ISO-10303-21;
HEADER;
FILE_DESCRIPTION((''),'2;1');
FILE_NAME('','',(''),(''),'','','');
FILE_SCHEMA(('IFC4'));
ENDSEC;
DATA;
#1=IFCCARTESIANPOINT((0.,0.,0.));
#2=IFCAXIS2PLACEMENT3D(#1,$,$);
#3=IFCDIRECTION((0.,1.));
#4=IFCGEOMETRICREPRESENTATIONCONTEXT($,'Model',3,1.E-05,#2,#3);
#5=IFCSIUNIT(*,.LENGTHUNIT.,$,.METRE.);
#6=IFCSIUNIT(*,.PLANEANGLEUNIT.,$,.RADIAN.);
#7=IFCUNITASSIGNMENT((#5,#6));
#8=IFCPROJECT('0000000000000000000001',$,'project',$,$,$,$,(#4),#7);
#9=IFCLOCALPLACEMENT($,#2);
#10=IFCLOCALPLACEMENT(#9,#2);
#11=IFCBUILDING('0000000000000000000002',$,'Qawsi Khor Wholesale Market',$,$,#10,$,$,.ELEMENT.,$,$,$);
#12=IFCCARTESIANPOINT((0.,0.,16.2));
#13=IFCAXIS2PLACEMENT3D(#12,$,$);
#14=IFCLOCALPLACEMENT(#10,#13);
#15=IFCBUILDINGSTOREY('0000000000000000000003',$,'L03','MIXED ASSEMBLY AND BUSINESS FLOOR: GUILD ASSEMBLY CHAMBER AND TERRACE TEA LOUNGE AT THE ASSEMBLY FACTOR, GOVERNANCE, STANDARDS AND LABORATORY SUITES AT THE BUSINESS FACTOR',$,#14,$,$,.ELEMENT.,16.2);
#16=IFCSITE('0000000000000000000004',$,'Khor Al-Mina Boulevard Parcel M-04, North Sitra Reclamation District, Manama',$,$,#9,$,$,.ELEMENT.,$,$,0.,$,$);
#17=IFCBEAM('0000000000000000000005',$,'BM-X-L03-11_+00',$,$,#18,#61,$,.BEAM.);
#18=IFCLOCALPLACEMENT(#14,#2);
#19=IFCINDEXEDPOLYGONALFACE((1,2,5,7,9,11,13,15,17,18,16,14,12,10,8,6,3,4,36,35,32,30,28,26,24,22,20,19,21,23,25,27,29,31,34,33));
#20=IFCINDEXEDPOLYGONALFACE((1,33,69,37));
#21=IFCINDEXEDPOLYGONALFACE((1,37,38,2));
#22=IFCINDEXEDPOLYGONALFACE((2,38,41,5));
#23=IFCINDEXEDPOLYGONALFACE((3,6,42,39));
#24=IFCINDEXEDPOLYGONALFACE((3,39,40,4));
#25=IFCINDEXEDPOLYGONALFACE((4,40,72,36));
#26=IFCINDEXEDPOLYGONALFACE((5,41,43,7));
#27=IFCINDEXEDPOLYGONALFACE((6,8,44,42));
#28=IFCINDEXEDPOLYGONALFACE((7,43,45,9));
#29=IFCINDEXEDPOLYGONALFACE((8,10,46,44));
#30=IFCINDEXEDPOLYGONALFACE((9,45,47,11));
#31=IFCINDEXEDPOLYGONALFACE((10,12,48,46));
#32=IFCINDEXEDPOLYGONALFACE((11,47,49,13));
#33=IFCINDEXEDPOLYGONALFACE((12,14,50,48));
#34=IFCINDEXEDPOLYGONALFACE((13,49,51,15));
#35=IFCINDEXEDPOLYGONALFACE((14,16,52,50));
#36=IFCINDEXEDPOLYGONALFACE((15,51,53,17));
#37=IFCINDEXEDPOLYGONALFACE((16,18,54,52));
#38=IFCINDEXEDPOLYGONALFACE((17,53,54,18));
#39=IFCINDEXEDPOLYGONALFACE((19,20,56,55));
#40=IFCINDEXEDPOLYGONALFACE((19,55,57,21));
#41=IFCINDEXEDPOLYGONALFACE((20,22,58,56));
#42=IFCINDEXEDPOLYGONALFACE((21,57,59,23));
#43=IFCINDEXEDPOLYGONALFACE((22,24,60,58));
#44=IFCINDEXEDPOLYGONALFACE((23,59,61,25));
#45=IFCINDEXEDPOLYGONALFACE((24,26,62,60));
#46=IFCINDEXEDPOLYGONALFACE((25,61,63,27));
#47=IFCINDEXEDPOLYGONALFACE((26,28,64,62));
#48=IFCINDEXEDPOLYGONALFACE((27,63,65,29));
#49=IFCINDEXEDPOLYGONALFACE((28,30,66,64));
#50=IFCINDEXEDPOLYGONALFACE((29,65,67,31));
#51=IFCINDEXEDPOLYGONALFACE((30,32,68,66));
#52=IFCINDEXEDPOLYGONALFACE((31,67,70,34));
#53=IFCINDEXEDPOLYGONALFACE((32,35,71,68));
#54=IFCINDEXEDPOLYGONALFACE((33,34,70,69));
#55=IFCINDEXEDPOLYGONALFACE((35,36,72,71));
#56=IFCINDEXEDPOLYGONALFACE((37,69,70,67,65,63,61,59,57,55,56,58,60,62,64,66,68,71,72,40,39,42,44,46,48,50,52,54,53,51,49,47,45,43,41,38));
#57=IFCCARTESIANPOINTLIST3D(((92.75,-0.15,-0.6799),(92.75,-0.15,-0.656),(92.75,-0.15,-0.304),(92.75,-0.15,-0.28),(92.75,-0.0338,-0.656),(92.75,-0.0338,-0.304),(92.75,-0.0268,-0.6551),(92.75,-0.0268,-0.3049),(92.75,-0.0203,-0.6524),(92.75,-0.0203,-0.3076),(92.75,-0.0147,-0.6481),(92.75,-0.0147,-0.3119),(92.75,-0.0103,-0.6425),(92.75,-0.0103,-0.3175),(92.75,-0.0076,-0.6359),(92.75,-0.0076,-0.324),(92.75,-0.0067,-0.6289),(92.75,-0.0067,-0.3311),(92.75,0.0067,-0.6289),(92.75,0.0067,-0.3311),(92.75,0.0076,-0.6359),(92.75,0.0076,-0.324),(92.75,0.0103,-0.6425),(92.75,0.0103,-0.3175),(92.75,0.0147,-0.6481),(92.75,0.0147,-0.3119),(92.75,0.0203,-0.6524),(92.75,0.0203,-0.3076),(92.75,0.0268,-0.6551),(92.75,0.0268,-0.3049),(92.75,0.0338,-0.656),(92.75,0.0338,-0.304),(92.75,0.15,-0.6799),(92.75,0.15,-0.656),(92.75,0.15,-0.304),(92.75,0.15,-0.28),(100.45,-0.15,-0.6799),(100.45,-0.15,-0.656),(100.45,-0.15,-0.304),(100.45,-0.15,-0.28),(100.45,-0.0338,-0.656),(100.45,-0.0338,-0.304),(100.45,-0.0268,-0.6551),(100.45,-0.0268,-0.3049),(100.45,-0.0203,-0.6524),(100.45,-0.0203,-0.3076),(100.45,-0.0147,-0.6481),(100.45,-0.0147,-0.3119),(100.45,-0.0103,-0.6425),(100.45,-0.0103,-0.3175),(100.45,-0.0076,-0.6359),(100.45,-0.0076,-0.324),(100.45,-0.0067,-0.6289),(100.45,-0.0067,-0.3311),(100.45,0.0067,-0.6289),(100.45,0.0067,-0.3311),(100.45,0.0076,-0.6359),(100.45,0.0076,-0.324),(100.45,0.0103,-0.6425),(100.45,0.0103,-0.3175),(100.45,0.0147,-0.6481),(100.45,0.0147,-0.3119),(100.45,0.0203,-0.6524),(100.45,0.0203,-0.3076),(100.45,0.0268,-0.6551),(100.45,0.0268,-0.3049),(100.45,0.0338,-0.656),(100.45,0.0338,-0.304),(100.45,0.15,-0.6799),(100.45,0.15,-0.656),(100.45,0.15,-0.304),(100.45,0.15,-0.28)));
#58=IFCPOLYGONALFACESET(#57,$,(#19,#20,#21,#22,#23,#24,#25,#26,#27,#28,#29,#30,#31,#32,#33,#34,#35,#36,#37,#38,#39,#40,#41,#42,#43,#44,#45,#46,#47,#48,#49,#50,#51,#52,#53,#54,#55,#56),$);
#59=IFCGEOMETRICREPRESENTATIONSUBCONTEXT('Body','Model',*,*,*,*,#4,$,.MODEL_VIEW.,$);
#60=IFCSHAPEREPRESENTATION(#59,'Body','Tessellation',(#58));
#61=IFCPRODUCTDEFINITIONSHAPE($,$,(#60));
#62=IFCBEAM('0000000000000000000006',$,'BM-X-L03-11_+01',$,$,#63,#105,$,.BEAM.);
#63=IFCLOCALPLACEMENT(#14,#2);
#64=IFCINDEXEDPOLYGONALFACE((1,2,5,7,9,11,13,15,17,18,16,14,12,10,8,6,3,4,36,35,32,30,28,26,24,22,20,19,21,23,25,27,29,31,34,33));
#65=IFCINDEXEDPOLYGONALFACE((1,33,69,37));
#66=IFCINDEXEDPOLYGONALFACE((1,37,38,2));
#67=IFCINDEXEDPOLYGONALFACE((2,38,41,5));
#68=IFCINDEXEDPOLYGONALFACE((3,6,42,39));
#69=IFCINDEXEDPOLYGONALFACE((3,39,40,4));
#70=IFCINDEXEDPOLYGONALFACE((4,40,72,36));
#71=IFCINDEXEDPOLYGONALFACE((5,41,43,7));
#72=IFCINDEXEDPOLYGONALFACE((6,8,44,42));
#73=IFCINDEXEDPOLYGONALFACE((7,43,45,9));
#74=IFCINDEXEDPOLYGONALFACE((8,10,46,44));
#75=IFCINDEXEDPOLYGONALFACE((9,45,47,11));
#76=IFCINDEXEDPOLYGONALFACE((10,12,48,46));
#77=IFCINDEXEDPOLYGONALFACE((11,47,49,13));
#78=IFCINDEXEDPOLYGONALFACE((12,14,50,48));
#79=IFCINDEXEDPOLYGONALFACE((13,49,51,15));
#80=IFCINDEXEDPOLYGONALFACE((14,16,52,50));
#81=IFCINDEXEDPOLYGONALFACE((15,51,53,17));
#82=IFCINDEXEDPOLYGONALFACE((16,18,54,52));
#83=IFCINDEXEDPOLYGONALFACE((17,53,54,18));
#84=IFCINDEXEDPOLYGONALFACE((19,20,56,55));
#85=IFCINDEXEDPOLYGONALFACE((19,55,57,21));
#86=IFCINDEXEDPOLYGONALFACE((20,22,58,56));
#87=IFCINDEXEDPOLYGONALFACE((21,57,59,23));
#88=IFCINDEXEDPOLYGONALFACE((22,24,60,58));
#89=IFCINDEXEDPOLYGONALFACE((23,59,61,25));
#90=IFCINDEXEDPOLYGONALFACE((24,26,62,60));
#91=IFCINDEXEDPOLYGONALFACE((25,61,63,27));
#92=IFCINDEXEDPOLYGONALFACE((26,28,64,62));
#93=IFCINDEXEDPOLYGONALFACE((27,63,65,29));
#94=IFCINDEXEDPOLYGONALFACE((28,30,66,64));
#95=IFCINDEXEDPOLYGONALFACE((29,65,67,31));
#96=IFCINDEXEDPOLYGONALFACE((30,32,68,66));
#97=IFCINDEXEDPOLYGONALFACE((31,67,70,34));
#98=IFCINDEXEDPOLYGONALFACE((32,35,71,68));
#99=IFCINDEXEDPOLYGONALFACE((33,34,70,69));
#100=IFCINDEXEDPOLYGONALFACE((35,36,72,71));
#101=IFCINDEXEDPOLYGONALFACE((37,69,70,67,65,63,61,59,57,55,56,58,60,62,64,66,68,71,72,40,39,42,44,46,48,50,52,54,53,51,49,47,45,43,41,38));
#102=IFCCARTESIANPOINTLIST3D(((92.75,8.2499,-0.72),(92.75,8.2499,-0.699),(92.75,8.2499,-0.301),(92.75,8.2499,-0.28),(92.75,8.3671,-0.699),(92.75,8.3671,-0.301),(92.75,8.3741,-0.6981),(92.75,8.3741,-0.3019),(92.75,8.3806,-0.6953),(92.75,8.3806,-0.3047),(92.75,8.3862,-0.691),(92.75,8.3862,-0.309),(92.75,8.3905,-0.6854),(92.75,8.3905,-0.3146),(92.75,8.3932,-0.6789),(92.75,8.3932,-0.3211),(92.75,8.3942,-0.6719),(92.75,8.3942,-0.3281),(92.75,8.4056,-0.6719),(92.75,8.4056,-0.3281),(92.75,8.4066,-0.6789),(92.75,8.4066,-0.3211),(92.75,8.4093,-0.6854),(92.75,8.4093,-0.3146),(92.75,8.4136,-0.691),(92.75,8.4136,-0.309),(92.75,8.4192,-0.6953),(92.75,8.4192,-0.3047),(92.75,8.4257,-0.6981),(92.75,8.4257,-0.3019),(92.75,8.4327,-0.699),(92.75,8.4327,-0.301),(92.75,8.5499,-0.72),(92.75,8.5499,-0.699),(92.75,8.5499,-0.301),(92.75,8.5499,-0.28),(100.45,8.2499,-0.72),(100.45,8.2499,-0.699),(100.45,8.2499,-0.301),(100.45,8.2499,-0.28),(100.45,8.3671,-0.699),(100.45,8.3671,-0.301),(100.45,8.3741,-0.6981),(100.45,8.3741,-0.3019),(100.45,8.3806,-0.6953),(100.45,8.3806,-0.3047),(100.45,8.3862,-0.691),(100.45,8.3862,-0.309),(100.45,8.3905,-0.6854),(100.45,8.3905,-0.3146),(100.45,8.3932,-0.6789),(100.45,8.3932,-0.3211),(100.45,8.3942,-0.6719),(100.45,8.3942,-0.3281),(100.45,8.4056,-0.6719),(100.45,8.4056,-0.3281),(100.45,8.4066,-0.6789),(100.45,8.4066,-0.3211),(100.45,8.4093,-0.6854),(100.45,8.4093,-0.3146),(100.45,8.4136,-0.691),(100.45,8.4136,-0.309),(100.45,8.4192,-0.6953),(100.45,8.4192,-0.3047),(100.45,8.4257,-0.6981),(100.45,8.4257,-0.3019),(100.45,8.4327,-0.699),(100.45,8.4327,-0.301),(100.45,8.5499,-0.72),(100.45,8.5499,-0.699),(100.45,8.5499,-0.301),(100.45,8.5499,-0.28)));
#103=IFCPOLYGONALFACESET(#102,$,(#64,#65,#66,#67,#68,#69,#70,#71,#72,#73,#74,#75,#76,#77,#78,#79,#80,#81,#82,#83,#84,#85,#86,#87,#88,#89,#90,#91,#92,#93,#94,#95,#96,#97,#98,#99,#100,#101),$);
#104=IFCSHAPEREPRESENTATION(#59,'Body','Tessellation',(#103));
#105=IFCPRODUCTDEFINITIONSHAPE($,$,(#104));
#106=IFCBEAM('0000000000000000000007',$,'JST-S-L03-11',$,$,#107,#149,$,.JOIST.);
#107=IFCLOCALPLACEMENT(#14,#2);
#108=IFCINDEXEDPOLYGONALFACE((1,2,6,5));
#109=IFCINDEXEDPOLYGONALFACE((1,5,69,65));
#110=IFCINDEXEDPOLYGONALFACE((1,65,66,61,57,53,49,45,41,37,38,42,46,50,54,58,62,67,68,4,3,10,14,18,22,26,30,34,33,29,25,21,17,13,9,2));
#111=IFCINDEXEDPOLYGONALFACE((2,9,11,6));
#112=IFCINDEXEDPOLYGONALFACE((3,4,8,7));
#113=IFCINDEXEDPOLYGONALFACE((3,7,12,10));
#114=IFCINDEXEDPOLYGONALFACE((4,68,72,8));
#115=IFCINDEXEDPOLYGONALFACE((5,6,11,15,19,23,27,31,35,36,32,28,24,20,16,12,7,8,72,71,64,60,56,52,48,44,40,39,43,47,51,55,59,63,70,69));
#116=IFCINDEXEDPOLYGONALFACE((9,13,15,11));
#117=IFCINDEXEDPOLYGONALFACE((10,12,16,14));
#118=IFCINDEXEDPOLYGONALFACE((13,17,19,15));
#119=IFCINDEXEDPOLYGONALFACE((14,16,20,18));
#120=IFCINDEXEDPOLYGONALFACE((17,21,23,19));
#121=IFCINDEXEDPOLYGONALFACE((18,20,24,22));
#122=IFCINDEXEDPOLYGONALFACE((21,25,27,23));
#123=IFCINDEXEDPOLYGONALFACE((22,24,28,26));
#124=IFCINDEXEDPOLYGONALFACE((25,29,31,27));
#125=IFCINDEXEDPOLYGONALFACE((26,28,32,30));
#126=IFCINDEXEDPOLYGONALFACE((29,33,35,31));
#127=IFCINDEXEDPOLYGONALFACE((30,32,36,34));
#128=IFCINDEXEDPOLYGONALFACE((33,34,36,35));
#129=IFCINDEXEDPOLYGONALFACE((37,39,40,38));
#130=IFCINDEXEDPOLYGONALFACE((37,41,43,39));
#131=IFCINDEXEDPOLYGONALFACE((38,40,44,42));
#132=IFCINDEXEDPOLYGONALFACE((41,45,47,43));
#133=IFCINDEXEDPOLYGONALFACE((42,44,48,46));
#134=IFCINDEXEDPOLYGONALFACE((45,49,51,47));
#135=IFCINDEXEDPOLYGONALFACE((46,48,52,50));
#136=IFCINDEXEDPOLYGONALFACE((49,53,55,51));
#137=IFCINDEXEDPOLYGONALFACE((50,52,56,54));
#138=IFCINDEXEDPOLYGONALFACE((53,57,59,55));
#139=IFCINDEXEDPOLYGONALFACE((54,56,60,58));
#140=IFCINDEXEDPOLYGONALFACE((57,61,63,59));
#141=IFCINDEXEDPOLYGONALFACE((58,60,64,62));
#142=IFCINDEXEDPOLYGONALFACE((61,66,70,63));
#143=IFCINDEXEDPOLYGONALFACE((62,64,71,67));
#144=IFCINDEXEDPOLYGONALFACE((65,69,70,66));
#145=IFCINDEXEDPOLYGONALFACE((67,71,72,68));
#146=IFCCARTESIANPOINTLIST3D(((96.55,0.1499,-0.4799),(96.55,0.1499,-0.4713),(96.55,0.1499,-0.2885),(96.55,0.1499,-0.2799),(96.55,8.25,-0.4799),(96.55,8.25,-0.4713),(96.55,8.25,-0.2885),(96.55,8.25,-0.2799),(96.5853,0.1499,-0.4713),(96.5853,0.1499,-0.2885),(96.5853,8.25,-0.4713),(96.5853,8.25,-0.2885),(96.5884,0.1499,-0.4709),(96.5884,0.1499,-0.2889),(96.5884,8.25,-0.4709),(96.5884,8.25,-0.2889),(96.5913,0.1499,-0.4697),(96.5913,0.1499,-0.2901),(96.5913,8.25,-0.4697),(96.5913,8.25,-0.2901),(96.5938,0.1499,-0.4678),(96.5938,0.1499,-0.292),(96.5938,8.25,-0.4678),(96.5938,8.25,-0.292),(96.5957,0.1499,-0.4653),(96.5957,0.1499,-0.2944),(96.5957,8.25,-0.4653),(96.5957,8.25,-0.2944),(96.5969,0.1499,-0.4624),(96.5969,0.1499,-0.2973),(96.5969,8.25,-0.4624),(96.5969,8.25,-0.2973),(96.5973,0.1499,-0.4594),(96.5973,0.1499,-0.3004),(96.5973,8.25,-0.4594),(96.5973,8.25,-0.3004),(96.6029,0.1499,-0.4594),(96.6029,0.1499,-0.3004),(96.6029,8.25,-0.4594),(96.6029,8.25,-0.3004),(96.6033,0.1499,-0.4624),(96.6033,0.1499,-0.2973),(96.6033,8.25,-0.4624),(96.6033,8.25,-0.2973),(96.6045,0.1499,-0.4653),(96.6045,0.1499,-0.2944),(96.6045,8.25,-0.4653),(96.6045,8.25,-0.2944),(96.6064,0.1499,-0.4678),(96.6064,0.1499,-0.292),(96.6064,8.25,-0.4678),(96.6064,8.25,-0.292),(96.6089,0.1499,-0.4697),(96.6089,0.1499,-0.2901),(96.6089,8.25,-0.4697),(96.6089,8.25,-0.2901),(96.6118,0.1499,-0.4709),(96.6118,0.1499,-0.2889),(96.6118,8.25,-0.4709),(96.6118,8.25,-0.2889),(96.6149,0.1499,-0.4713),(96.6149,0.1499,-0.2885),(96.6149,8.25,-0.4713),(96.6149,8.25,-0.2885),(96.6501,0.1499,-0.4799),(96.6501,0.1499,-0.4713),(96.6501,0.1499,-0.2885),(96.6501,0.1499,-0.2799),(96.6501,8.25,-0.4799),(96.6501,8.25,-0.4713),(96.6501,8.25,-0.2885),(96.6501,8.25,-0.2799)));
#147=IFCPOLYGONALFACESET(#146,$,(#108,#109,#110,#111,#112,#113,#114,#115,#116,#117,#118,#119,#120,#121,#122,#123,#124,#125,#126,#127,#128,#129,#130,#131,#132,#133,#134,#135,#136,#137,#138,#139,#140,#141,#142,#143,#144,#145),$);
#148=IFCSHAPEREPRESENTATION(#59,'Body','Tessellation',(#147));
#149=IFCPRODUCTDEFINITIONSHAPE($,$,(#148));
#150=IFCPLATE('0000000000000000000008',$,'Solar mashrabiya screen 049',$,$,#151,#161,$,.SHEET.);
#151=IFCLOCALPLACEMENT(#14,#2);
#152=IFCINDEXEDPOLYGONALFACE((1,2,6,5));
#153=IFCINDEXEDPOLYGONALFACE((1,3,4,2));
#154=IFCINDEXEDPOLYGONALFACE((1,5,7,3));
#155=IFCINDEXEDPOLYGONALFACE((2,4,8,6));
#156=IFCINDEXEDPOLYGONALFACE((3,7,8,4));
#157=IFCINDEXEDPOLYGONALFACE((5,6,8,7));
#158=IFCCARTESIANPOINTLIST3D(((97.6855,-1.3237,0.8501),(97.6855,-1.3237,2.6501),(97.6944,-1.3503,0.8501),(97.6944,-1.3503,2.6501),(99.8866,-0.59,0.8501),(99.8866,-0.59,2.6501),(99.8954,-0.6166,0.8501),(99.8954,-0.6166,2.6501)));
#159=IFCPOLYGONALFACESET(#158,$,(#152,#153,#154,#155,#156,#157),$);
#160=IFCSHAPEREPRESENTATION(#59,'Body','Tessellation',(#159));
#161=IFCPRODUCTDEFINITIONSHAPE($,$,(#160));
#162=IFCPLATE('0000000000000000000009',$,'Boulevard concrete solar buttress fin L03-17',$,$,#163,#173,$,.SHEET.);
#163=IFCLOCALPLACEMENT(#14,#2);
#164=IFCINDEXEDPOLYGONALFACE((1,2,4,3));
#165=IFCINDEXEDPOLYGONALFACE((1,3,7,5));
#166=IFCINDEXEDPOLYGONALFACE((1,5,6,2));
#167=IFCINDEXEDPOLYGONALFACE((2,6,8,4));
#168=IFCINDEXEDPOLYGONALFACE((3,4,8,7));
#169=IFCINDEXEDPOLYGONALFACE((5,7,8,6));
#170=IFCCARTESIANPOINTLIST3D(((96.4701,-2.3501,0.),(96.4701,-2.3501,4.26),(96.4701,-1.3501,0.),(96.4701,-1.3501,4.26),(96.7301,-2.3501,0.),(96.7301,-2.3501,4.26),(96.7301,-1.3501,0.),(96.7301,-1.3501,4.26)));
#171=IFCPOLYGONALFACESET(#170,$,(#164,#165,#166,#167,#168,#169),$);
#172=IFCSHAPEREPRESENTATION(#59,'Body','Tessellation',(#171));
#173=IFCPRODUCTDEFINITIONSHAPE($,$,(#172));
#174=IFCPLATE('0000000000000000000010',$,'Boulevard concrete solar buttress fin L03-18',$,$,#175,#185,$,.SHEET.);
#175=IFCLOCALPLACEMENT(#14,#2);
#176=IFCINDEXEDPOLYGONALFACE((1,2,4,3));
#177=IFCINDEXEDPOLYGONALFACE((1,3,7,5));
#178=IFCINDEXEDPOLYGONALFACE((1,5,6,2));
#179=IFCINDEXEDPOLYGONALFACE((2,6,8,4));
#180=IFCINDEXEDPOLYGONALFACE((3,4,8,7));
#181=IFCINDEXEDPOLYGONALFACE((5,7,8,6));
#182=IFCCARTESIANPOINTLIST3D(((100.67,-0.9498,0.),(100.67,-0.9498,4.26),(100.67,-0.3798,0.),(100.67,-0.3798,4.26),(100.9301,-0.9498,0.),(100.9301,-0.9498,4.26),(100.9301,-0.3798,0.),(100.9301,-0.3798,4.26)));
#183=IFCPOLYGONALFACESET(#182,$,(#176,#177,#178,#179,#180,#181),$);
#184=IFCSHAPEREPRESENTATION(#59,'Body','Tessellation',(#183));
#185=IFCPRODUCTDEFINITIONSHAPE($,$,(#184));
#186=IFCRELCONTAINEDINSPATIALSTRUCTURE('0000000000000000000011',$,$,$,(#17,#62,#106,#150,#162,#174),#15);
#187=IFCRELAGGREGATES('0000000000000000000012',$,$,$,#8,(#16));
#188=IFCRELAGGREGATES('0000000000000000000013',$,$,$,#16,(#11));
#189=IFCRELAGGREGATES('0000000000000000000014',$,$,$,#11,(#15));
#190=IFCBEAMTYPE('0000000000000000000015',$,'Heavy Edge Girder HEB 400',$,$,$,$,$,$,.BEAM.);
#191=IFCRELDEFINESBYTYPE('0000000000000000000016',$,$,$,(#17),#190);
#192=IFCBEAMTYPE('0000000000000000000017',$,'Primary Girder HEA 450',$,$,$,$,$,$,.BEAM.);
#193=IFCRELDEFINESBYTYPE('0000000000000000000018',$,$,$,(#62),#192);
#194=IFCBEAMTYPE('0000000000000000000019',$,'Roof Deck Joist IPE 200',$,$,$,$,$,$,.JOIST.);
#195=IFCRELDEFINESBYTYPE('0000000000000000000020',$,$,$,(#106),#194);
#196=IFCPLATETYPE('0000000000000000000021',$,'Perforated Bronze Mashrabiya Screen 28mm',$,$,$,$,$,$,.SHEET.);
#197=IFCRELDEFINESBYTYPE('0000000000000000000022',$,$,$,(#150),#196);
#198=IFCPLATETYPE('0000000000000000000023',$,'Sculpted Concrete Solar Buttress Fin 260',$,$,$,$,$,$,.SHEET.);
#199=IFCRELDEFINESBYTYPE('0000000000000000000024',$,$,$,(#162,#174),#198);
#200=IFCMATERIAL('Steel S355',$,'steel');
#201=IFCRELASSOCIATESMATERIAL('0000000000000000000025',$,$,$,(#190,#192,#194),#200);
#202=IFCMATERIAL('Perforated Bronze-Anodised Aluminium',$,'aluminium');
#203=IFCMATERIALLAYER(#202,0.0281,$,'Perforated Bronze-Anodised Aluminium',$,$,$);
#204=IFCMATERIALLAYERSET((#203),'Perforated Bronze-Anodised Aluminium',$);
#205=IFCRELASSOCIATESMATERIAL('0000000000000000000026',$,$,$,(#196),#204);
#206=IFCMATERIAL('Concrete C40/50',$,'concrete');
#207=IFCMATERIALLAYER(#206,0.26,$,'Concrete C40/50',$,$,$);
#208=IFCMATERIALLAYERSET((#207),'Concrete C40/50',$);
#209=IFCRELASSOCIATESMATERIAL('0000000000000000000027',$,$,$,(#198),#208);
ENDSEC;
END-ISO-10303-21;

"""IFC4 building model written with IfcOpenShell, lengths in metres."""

from ifc_helpers import new_model, si_unit, direction, frame, frame_2d, origin, origin_2d, place, context, subcontext, project, spatial, rectangle, i_section, extrude, material, layer, layer_set, material_profile, profile_set, type_object, element, save


model = new_model("IFC4")

# Units and contexts
model_context = context("Model", 3, precision=1e-05, world=origin(), true_north=direction((0.0, 1.0)))
body_context = subcontext(model_context, "Body", "Model", "MODEL_VIEW")
ifc_project = project(units=[si_unit("LENGTHUNIT", "METRE"), si_unit("PLANEANGLEUNIT", "RADIAN")], contexts=[model_context])

# Site, building, storey
site_placement = place(None, origin())
site = spatial("IfcSite", under=ifc_project, at=site_placement, Name="Khor Al-Mina Boulevard Parcel M-04, North Sitra Reclamation District, Manama", CompositionType="ELEMENT", RefElevation=0.0)
building_placement = place(site_placement, origin())
building = spatial("IfcBuilding", under=site, at=building_placement, Name="Qawsi Khor Wholesale Market", CompositionType="ELEMENT")
storey_placement = place(building_placement, frame((0.0, 0.0, 16.2)))
storey = spatial("IfcBuildingStorey", under=building, at=storey_placement, Name="L03", Description="MIXED ASSEMBLY AND BUSINESS FLOOR: GUILD ASSEMBLY CHAMBER AND TERRACE TEA LOUNGE AT THE ASSEMBLY FACTOR, GOVERNANCE, STANDARDS AND LABORATORY SUITES AT THE BUSINESS FACTOR", CompositionType="ELEMENT", Elevation=16.2)

# Beams
ifc_material_1 = material(Name="Steel S355", Category="steel")
ifc_material_profile_1 = material_profile(ifc_material_1, i_section(OverallWidth=0.3, OverallDepth=0.3999, WebThickness=0.0134, FlangeThickness=0.0239, FilletRadius=0.0271, at=origin_2d()), Name="HEB 400")
ifc_profile_set_1 = profile_set([ifc_material_profile_1], Name="Steel S355")
beam_type_1 = type_object("IfcBeamType", Name="Heavy Edge Girder HEB 400", PredefinedType="BEAM", material=ifc_profile_set_1)
beam_1_placement = place(storey_placement, frame((92.75, 0.0, -0.48), z_axis=(1.0, 0.0, 0.0), x_axis=(0.0, 1.0, 0.0)))
element("IfcBeam", 1, at=beam_1_placement, inside=storey, type_object=beam_type_1, Name="BM-X-L03-11_+00", PredefinedType="BEAM", context=body_context, shape_type="SweptSolid", body=[
    extrude(i_section(OverallWidth=0.3, OverallDepth=0.3999, WebThickness=0.0134, FlangeThickness=0.0239, FilletRadius=0.0271, at=origin_2d()), origin(), (0.0, 0.0, 1.0), 7.7),
])
ifc_material_profile_2 = material_profile(ifc_material_1, i_section(OverallWidth=0.3, OverallDepth=0.4399, WebThickness=0.0115, FlangeThickness=0.021, FilletRadius=0.0271, at=origin_2d()), Name="HEA 450")
ifc_profile_set_2 = profile_set([ifc_material_profile_2], Name="Steel S355")
beam_type_2 = type_object("IfcBeamType", Name="Primary Girder HEA 450", PredefinedType="BEAM", material=ifc_profile_set_2)
beam_2_placement = place(storey_placement, frame((92.75, 8.3999, -0.5), z_axis=(1.0, 0.0, 0.0), x_axis=(0.0, 1.0, 0.0)))
element("IfcBeam", 2, at=beam_2_placement, inside=storey, type_object=beam_type_2, Name="BM-X-L03-11_+01", PredefinedType="BEAM", context=body_context, shape_type="SweptSolid", body=[
    extrude(i_section(OverallWidth=0.3, OverallDepth=0.4399, WebThickness=0.0115, FlangeThickness=0.021, FilletRadius=0.0271, at=origin_2d()), origin(), (0.0, 0.0, 1.0), 7.7),
])
ifc_material_profile_3 = material_profile(ifc_material_1, i_section(OverallWidth=0.1001, OverallDepth=0.2, WebThickness=0.0056, FlangeThickness=0.0085, FilletRadius=0.012, at=origin_2d()), Name="IPE 200")
ifc_profile_set_3 = profile_set([ifc_material_profile_3], Name="Steel S355")
beam_type_3 = type_object("IfcBeamType", Name="Roof Deck Joist IPE 200", PredefinedType="JOIST", material=ifc_profile_set_3)
beam_3_placement = place(storey_placement, frame((96.6001, 0.1499, -0.3799), z_axis=(0.0, 1.0, 0.0), x_axis=(-1.0, 0.0, 0.0)))
element("IfcBeam", 3, at=beam_3_placement, inside=storey, type_object=beam_type_3, Name="JST-S-L03-11", PredefinedType="JOIST", context=body_context, shape_type="SweptSolid", body=[
    extrude(i_section(OverallWidth=0.1001, OverallDepth=0.2, WebThickness=0.0056, FlangeThickness=0.0085, FilletRadius=0.012, at=origin_2d()), origin(), (0.0, 0.0, 1.0), 8.1001),
])

# Plates
ifc_material_2 = material(Name="Perforated Bronze-Anodised Aluminium", Category="aluminium")
ifc_layer_1 = layer(ifc_material_2, 0.0281, Name="Perforated Bronze-Anodised Aluminium")
ifc_layer_set_1 = layer_set([ifc_layer_1], Name="Perforated Bronze-Anodised Aluminium")
plate_type_1 = type_object("IfcPlateType", Name="Perforated Bronze Mashrabiya Screen 28mm", PredefinedType="SHEET", material=ifc_layer_set_1)
plate_1_placement = place(storey_placement, frame((99.8911, -0.6033, 0.8501), z_axis=(0.0, 0.0, 1.0), x_axis=(-0.948683, -0.316228, 0.0)))
element("IfcPlate", 4, at=plate_1_placement, inside=storey, type_object=plate_type_1, Name="Solar mashrabiya screen 049", PredefinedType="SHEET", context=body_context, shape_type="SweptSolid", body=[
    extrude(rectangle(XDim=2.3201, YDim=0.0281, at=frame_2d((1.1602, 0.0))), origin(), (0.0, 0.0, 1.0), 1.8),
])
ifc_material_3 = material(Name="Concrete C40/50", Category="concrete")
ifc_layer_2 = layer(ifc_material_3, 0.26, Name="Concrete C40/50")
ifc_layer_set_2 = layer_set([ifc_layer_2], Name="Concrete C40/50")
plate_type_2 = type_object("IfcPlateType", Name="Sculpted Concrete Solar Buttress Fin 260", PredefinedType="SHEET", material=ifc_layer_set_2)
plate_2_placement = place(storey_placement, frame((96.6001, -2.3501, 0.0), z_axis=(0.0, 0.0, 1.0), x_axis=(0.0, 1.0, 0.0)))
element("IfcPlate", 5, at=plate_2_placement, inside=storey, type_object=plate_type_2, Name="Boulevard concrete solar buttress fin L03-17", PredefinedType="SHEET", context=body_context, shape_type="SweptSolid", body=[
    extrude(rectangle(XDim=1.0, YDim=0.26, at=frame_2d((0.5, 0.0))), origin(), (0.0, 0.0, 1.0), 4.26),
])
plate_3_placement = place(storey_placement, frame((100.8, -0.95, 0.0), z_axis=(0.0, 0.0, 1.0), x_axis=(0.0, 1.0, 0.0)))
element("IfcPlate", 6, at=plate_3_placement, inside=storey, type_object=plate_type_2, Name="Boulevard concrete solar buttress fin L03-18", PredefinedType="SHEET", context=body_context, shape_type="SweptSolid", body=[
    extrude(rectangle(XDim=0.5701, YDim=0.26, at=frame_2d((0.2852, 0.0))), origin(), (0.0, 0.0, 1.0), 4.26),
])

save(model, "model.ifc")
